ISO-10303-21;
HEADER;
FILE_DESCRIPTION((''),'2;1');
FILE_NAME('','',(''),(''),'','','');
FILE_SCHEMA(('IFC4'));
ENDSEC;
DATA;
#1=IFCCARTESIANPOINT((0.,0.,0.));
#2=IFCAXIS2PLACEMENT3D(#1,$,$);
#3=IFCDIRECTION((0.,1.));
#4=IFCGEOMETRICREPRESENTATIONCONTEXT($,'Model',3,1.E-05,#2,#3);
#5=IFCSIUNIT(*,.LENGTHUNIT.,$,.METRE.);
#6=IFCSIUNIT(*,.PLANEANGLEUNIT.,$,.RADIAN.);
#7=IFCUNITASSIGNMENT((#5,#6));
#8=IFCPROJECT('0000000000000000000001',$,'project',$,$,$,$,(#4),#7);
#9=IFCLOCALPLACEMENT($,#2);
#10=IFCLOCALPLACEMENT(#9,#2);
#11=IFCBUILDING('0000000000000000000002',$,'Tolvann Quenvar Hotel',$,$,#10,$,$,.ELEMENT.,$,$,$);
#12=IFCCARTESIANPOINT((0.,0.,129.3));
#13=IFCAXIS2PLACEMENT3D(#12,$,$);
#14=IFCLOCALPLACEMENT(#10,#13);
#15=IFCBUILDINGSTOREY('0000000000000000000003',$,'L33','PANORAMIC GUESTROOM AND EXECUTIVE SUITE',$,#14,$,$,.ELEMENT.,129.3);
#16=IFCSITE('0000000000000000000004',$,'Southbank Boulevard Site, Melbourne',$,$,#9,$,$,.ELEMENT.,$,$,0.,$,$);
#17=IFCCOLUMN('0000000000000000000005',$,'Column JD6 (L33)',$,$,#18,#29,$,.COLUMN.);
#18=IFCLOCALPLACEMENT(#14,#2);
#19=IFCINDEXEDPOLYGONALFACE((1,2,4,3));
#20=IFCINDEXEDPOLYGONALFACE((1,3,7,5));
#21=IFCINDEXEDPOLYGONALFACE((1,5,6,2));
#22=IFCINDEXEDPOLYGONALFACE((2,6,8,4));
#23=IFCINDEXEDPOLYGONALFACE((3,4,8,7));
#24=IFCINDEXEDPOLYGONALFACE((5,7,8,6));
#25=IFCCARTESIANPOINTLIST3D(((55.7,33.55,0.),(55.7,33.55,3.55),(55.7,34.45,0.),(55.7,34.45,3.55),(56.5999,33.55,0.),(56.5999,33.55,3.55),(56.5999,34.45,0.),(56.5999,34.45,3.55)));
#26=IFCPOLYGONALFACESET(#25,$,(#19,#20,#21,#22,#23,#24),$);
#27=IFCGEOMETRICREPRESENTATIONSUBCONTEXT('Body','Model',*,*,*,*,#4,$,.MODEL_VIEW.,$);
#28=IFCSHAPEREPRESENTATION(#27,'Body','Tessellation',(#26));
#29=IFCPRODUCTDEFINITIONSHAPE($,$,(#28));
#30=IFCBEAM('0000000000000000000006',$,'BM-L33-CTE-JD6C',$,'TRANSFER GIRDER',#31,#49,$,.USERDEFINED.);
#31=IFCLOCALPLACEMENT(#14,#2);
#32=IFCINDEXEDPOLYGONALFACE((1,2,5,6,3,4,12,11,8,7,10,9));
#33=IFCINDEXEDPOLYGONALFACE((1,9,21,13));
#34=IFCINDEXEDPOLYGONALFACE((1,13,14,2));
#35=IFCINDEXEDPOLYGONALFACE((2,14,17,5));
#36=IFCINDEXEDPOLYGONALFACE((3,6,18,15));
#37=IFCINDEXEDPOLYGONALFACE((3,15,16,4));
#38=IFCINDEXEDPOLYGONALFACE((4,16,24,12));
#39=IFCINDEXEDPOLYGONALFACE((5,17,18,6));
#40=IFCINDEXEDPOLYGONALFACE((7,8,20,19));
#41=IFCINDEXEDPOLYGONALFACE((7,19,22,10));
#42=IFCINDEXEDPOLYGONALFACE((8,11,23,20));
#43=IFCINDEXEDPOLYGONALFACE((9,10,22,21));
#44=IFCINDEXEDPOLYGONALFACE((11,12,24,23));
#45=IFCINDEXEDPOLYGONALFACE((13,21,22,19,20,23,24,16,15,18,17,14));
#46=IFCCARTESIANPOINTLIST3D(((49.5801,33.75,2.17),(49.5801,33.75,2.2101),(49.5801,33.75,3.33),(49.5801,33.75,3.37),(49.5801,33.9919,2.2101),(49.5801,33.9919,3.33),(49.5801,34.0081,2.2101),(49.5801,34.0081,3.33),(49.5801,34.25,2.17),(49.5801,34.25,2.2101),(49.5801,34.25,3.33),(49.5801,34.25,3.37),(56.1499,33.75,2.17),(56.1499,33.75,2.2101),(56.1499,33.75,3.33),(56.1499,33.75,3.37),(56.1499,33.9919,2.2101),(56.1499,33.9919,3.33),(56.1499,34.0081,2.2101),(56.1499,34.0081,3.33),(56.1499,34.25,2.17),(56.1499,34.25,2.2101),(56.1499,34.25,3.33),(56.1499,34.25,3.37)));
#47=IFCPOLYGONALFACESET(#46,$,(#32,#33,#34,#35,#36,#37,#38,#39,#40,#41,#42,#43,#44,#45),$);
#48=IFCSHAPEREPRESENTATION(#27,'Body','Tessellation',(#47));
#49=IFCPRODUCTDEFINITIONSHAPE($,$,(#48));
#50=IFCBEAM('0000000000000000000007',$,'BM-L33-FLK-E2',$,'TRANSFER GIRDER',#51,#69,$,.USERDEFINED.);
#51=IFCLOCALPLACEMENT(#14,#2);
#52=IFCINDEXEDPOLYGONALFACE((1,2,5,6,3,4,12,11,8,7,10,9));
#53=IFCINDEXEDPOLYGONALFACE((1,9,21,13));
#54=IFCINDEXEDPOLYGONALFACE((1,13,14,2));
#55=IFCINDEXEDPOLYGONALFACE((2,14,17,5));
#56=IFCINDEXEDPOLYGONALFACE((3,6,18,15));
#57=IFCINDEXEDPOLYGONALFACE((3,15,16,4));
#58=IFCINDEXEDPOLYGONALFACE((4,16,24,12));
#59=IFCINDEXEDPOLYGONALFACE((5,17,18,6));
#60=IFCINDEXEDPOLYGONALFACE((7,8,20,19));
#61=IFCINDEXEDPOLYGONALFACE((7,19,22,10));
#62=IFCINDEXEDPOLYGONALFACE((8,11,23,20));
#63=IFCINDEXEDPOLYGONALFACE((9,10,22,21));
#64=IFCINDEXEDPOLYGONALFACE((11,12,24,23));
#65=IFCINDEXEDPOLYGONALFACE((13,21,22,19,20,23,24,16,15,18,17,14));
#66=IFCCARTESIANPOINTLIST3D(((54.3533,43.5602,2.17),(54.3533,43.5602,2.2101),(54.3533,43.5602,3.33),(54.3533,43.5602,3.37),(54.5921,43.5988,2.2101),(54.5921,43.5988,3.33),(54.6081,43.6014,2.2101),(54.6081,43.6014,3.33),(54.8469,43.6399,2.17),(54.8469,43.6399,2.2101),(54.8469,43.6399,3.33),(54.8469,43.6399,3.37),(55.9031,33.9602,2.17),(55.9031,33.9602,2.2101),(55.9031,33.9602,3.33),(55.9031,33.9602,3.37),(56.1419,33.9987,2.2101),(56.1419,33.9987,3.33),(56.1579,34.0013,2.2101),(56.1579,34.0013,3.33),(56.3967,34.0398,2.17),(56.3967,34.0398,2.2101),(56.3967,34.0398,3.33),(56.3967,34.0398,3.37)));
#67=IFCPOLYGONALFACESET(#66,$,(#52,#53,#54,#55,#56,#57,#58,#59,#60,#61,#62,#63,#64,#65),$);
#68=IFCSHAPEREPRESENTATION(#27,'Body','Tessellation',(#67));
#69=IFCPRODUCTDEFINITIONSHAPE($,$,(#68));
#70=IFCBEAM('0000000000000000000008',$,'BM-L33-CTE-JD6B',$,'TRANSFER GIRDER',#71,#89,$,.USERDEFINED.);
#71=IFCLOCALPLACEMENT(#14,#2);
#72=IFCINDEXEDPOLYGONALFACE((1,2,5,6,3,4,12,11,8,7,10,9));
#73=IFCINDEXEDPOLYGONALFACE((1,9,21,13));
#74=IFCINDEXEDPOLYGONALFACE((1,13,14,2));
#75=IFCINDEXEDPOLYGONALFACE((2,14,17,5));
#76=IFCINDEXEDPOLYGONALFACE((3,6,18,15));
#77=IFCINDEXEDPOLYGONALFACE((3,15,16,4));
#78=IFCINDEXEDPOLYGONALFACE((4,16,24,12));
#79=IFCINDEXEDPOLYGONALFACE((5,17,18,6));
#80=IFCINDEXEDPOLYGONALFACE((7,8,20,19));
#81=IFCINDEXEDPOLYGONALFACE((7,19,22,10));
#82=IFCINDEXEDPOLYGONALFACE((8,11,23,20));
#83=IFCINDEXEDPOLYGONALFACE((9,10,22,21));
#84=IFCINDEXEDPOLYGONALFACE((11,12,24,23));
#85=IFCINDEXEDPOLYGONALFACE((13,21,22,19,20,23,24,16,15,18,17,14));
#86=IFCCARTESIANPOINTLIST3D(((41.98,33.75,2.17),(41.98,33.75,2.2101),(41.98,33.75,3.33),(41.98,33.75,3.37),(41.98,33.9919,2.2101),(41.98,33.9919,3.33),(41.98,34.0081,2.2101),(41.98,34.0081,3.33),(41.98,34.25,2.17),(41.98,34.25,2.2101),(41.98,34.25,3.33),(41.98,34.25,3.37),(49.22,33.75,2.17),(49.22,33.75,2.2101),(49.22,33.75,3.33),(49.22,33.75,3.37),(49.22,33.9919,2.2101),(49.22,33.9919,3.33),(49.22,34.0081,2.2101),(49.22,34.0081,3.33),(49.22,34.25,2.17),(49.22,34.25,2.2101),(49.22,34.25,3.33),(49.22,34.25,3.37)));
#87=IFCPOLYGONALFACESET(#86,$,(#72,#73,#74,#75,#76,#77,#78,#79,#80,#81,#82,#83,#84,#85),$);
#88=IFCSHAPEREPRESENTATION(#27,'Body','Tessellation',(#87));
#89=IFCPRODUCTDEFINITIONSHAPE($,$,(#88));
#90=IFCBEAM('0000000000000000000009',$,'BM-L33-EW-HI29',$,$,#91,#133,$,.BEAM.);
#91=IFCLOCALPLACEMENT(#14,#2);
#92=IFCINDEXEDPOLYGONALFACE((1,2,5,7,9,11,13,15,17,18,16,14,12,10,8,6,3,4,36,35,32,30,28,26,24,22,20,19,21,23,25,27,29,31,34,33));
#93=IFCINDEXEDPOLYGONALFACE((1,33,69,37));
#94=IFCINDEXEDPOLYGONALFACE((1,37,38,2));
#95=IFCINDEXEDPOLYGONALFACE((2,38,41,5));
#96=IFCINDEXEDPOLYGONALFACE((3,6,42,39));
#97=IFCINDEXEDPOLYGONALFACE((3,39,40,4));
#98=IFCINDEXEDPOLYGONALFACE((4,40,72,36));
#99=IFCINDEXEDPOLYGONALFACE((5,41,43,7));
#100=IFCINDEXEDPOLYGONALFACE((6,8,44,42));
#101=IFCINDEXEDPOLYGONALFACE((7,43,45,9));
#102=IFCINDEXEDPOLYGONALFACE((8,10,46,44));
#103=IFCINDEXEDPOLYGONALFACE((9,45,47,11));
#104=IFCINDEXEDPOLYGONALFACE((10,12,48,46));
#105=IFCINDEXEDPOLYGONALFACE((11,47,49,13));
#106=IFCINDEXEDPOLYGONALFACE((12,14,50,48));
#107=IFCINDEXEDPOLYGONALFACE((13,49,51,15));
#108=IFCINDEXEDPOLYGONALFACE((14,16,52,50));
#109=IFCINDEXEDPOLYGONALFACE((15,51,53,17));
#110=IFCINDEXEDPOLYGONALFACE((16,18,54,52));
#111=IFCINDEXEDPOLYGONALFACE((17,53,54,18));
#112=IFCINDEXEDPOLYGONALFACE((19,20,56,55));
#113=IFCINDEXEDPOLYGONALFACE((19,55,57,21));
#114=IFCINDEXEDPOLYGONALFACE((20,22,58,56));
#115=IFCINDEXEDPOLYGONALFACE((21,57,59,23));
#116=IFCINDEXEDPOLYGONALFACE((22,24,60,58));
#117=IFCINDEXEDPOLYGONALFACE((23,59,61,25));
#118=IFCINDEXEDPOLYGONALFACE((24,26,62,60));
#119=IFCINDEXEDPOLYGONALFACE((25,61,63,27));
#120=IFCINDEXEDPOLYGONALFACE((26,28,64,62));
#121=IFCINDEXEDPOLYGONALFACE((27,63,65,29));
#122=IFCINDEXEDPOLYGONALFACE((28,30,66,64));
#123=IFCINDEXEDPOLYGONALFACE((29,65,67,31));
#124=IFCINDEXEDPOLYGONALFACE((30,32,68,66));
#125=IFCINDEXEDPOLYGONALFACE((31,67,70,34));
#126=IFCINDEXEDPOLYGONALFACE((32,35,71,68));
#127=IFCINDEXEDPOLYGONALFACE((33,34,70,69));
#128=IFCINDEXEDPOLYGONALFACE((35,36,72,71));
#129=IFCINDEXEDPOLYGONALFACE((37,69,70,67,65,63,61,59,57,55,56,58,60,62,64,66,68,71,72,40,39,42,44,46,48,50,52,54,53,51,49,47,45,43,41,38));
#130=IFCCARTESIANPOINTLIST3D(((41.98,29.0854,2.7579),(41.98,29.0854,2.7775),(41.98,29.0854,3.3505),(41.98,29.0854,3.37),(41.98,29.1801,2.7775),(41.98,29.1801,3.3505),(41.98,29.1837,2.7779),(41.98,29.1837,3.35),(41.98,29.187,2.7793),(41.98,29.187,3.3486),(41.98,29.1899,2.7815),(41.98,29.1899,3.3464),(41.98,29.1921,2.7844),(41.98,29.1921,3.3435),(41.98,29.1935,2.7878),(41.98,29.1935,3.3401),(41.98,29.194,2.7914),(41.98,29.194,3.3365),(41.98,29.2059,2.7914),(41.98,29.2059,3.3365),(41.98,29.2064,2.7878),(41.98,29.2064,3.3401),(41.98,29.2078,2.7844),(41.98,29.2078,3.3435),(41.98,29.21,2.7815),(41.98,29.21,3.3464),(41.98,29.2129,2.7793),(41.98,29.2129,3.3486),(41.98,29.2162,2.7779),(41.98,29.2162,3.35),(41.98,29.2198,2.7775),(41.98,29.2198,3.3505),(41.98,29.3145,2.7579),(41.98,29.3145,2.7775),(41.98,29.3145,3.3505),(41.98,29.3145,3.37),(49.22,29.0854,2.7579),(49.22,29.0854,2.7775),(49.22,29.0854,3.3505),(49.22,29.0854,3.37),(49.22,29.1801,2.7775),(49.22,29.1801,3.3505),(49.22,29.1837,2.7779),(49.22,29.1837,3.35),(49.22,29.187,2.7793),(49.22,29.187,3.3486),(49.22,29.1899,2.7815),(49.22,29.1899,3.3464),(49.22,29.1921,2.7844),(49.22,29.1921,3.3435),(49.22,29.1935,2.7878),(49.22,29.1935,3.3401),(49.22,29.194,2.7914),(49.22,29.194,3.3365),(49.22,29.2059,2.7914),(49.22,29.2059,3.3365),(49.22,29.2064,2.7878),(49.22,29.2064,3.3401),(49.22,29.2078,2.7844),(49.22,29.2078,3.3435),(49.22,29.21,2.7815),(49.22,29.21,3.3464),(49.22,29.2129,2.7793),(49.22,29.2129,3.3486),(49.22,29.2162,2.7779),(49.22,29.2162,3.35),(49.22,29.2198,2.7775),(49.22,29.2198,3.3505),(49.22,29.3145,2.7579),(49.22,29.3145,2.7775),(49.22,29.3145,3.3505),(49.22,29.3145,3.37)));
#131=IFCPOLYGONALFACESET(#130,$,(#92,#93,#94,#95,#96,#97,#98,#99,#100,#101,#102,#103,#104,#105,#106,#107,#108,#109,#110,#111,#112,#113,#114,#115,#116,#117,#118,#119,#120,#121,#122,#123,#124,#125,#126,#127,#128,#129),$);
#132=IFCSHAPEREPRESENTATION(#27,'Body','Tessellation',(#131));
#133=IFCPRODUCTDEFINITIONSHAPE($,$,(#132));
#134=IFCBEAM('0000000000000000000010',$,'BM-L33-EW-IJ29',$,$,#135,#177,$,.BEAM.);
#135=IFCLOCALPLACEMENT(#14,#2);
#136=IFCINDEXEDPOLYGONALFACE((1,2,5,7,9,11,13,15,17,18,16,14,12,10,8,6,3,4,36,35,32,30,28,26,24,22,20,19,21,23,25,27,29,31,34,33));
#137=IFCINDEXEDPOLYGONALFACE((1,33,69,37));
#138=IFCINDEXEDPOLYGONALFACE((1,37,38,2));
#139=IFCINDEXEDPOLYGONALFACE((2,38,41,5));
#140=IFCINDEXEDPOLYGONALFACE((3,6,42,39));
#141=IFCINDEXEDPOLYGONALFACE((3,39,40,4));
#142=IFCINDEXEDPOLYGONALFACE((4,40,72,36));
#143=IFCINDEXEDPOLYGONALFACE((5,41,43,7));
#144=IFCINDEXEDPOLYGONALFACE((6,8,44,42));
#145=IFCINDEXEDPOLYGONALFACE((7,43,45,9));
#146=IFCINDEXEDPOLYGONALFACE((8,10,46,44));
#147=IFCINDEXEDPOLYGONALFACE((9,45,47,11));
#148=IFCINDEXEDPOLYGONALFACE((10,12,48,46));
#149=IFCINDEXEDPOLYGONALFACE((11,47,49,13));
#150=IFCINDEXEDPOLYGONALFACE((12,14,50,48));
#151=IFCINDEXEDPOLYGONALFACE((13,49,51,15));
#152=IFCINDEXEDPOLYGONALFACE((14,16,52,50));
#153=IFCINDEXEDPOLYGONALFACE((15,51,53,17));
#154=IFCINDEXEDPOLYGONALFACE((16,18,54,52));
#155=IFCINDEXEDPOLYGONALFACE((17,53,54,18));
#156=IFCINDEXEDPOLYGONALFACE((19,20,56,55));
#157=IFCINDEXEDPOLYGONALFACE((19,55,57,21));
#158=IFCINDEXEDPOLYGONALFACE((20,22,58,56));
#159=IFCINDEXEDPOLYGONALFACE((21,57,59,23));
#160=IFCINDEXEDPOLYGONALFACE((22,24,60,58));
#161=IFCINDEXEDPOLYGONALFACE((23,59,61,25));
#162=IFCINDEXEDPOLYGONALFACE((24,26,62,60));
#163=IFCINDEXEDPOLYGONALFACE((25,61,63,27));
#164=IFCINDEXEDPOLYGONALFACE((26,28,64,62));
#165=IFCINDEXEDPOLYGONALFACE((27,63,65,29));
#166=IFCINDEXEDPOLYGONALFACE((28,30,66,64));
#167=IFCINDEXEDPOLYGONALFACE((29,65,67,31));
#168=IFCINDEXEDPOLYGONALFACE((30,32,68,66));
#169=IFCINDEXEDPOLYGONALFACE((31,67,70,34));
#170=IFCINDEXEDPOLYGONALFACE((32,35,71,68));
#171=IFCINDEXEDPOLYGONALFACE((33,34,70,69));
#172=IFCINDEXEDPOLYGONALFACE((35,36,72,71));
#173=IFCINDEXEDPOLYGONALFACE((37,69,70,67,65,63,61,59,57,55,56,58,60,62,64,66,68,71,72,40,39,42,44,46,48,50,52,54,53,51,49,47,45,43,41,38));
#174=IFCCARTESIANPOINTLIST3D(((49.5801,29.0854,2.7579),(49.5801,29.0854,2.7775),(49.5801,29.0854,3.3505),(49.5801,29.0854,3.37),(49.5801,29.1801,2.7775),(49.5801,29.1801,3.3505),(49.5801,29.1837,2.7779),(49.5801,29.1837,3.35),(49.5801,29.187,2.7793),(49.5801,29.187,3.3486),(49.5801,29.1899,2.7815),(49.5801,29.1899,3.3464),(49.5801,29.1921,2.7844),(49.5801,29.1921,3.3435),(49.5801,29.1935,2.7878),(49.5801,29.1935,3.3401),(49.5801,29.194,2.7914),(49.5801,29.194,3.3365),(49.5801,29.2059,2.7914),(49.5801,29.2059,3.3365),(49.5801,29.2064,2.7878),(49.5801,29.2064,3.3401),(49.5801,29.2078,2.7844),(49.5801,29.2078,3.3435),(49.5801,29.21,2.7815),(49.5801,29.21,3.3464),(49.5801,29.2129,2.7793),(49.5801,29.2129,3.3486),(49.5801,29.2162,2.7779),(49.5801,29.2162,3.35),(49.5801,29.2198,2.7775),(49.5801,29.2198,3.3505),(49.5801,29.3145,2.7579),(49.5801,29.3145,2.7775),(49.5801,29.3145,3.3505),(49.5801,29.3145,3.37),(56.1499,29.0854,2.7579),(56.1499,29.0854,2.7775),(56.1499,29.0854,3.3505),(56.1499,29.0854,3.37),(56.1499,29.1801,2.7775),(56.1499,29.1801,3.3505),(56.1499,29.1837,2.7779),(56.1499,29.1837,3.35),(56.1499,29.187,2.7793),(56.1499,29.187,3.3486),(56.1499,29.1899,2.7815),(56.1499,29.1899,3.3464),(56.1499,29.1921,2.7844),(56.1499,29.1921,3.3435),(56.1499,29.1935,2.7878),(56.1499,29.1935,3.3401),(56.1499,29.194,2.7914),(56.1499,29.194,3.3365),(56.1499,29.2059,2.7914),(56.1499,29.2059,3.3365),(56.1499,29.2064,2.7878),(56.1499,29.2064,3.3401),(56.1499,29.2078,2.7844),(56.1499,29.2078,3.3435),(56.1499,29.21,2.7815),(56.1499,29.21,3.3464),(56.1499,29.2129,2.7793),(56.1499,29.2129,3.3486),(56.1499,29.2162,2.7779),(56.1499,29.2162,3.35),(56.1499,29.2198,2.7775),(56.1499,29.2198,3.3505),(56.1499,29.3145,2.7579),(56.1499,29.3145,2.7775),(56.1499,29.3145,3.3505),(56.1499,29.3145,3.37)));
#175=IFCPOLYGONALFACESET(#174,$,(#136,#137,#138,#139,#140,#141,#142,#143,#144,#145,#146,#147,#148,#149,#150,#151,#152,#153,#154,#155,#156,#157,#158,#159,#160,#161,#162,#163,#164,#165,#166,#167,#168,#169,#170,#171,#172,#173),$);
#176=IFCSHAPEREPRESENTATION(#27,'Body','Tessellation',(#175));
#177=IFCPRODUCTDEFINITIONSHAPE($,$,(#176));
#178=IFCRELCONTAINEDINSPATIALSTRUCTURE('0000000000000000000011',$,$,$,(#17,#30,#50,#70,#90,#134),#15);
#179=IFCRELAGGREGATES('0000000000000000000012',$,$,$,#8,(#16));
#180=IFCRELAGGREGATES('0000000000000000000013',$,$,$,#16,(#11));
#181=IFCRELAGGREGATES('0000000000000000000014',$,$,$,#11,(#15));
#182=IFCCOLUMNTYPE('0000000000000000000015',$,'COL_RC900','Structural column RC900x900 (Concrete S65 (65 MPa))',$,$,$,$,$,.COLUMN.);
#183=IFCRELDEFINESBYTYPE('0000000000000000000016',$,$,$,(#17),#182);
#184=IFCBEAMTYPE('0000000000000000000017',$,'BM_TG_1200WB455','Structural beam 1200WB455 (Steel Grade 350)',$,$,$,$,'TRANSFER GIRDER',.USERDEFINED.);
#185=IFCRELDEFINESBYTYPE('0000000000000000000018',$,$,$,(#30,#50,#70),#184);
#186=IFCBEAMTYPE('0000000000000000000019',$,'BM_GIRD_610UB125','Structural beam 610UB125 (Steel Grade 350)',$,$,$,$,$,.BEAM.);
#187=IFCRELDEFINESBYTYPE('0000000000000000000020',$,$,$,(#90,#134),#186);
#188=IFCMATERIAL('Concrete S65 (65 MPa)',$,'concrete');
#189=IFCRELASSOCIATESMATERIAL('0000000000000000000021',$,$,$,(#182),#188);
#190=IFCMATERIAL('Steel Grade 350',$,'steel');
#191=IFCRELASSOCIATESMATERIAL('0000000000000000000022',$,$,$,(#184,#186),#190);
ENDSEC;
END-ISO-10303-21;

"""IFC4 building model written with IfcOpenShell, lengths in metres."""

from ifc_helpers import new_model, si_unit, direction, frame, origin, origin_2d, place, context, subcontext, project, spatial, rectangle, i_section, extrude, source, transform, mapped, material, material_profile, profile_set, type_object, type_shapes, element, save


model = new_model("IFC4")

# Units and contexts
model_context = context("Model", 3, precision=1e-05, world=origin(), true_north=direction((0.0, 1.0)))
body_context = subcontext(model_context, "Body", "Model", "MODEL_VIEW")
ifc_project = project(units=[si_unit("LENGTHUNIT", "METRE"), si_unit("PLANEANGLEUNIT", "RADIAN")], contexts=[model_context])

# Site, building, storey
site_placement = place(None, origin())
site = spatial("IfcSite", under=ifc_project, at=site_placement, Name="Southbank Boulevard Site, Melbourne", CompositionType="ELEMENT", RefElevation=0.0)
building_placement = place(site_placement, origin())
building = spatial("IfcBuilding", under=site, at=building_placement, Name="Tolvann Quenvar Hotel", CompositionType="ELEMENT")
storey_placement = place(building_placement, frame((0.0, 0.0, 129.3)))
storey = spatial("IfcBuildingStorey", under=building, at=storey_placement, Name="L33", Description="PANORAMIC GUESTROOM AND EXECUTIVE SUITE", CompositionType="ELEMENT", Elevation=129.3)

# Column
ifc_material_1 = material(Name="Concrete S65 (65 MPa)", Category="concrete")
ifc_material_profile_1 = material_profile(ifc_material_1, rectangle(XDim=0.8999, YDim=0.8999, at=origin_2d()), Name="RC900x900")
ifc_profile_set_1 = profile_set([ifc_material_profile_1], Name="Concrete S65 (65 MPa)")
column_type = type_object("IfcColumnType", Name="COL_RC900", Description="Structural column RC900x900 (Concrete S65 (65 MPa))", PredefinedType="COLUMN", material=ifc_profile_set_1)
shared_shape_1 = source(origin(), body_context, "Body", "SweptSolid", [
    extrude(rectangle(XDim=0.8999, YDim=0.8999, at=origin_2d()), origin(), (0.0, 0.0, 1.0), 3.55),
])
type_shapes(column_type, [shared_shape_1])
column_placement = place(storey_placement, frame((56.1499, 34.0, 0.0), z_axis=(0.0, 0.0, 1.0), x_axis=(1.0, 0.0, 0.0)))
element("IfcColumn", 1, at=column_placement, inside=storey, type_object=column_type, Name="Column JD6 (L33)", PredefinedType="COLUMN", context=body_context, shape_type="MappedRepresentation", body=[
    mapped(shared_shape_1, transform((0.0, 0.0, 0.0), x_axis=(1.0, 0.0, 0.0), y_axis=(0.0, 1.0, 0.0), z_axis=(0.0, 0.0, 1.0), scale=1.0)),
])

# Beams
ifc_material_2 = material(Name="Steel Grade 350", Category="steel")
ifc_material_profile_2 = material_profile(ifc_material_2, i_section(OverallWidth=0.5, OverallDepth=1.2, WebThickness=0.0161, FlangeThickness=0.04, at=origin_2d()), Name="1200WB455")
ifc_profile_set_2 = profile_set([ifc_material_profile_2], Name="Steel Grade 350")
beam_type_1 = type_object("IfcBeamType", Name="BM_TG_1200WB455", Description="Structural beam 1200WB455 (Steel Grade 350)", ElementType="TRANSFER GIRDER", PredefinedType="USERDEFINED", material=ifc_profile_set_2)
shared_shape_2 = source(origin(), body_context, "Body", "SweptSolid", [
    extrude(i_section(OverallWidth=0.5, OverallDepth=1.2, WebThickness=0.0161, FlangeThickness=0.04, at=origin_2d()), origin(), (0.0, 0.0, 1.0), 6.5698),
])
beam_1_placement = place(storey_placement, frame((49.5801, 34.0, 2.77), z_axis=(1.0, 0.0, 0.0), x_axis=(0.0, 1.0, 0.0)))
element("IfcBeam", 2, at=beam_1_placement, inside=storey, type_object=beam_type_1, Name="BM-L33-CTE-JD6C", ObjectType="TRANSFER GIRDER", PredefinedType="USERDEFINED", context=body_context, shape_type="MappedRepresentation", body=[
    mapped(shared_shape_2, transform((0.0, 0.0, 0.0), x_axis=(1.0, 0.0, 0.0), y_axis=(0.0, 1.0, 0.0), z_axis=(0.0, 0.0, 1.0), scale=1.0)),
])
shared_shape_3 = source(origin(), body_context, "Body", "SweptSolid", [
    extrude(i_section(OverallWidth=0.5, OverallDepth=1.2, WebThickness=0.0161, FlangeThickness=0.04, at=origin_2d()), origin(), (0.0, 0.0, 1.0), 9.7244),
])
beam_2_placement = place(storey_placement, frame((56.1499, 34.0, 2.77), z_axis=(-0.159373, 0.987218, 0.0), x_axis=(-0.987218, -0.159373, 0.0)))
element("IfcBeam", 3, at=beam_2_placement, inside=storey, type_object=beam_type_1, Name="BM-L33-FLK-E2", ObjectType="TRANSFER GIRDER", PredefinedType="USERDEFINED", context=body_context, shape_type="MappedRepresentation", body=[
    mapped(shared_shape_3, transform((0.0, 0.0, 0.0), x_axis=(1.0, 0.0, 0.0), y_axis=(0.0, 1.0, 0.0), z_axis=(0.0, 0.0, 1.0), scale=1.0)),
])
shared_shape_4 = source(origin(), body_context, "Body", "SweptSolid", [
    extrude(i_section(OverallWidth=0.5, OverallDepth=1.2, WebThickness=0.0161, FlangeThickness=0.04, at=origin_2d()), origin(), (0.0, 0.0, 1.0), 7.24),
])
type_shapes(beam_type_1, [shared_shape_2, shared_shape_3, shared_shape_4])
beam_3_placement = place(storey_placement, frame((41.98, 34.0, 2.77), z_axis=(1.0, 0.0, 0.0), x_axis=(0.0, 1.0, 0.0)))
element("IfcBeam", 4, at=beam_3_placement, inside=storey, type_object=beam_type_1, Name="BM-L33-CTE-JD6B", ObjectType="TRANSFER GIRDER", PredefinedType="USERDEFINED", context=body_context, shape_type="MappedRepresentation", body=[
    mapped(shared_shape_4, transform((0.0, 0.0, 0.0), x_axis=(1.0, 0.0, 0.0), y_axis=(0.0, 1.0, 0.0), z_axis=(0.0, 0.0, 1.0), scale=1.0)),
])
ifc_material_profile_3 = material_profile(ifc_material_2, i_section(OverallWidth=0.229, OverallDepth=0.6121, WebThickness=0.012, FlangeThickness=0.0195, FilletRadius=0.0139, at=origin_2d()), Name="610UB125")
ifc_profile_set_3 = profile_set([ifc_material_profile_3], Name="Steel Grade 350")
beam_type_2 = type_object("IfcBeamType", Name="BM_GIRD_610UB125", Description="Structural beam 610UB125 (Steel Grade 350)", PredefinedType="BEAM", material=ifc_profile_set_3)
shared_shape_5 = source(origin(), body_context, "Body", "SweptSolid", [
    extrude(i_section(OverallWidth=0.229, OverallDepth=0.6121, WebThickness=0.012, FlangeThickness=0.0195, FilletRadius=0.0139, at=origin_2d()), origin(), (0.0, 0.0, 1.0), 7.24),
])
beam_4_placement = place(storey_placement, frame((41.98, 29.2, 3.064), z_axis=(1.0, 0.0, 0.0), x_axis=(0.0, 1.0, 0.0)))
element("IfcBeam", 5, at=beam_4_placement, inside=storey, type_object=beam_type_2, Name="BM-L33-EW-HI29", PredefinedType="BEAM", context=body_context, shape_type="MappedRepresentation", body=[
    mapped(shared_shape_5, transform((0.0, 0.0, 0.0), x_axis=(1.0, 0.0, 0.0), y_axis=(0.0, 1.0, 0.0), z_axis=(0.0, 0.0, 1.0), scale=1.0)),
])
shared_shape_6 = source(origin(), body_context, "Body", "SweptSolid", [
    extrude(i_section(OverallWidth=0.229, OverallDepth=0.6121, WebThickness=0.012, FlangeThickness=0.0195, FilletRadius=0.0139, at=origin_2d()), origin(), (0.0, 0.0, 1.0), 6.5698),
])
type_shapes(beam_type_2, [shared_shape_5, shared_shape_6])
beam_5_placement = place(storey_placement, frame((49.5801, 29.2, 3.064), z_axis=(1.0, 0.0, 0.0), x_axis=(0.0, 1.0, 0.0)))
element("IfcBeam", 6, at=beam_5_placement, inside=storey, type_object=beam_type_2, Name="BM-L33-EW-IJ29", PredefinedType="BEAM", context=body_context, shape_type="MappedRepresentation", body=[
    mapped(shared_shape_6, transform((0.0, 0.0, 0.0), x_axis=(1.0, 0.0, 0.0), y_axis=(0.0, 1.0, 0.0), z_axis=(0.0, 0.0, 1.0), scale=1.0)),
])

save(model, "model.ifc")
